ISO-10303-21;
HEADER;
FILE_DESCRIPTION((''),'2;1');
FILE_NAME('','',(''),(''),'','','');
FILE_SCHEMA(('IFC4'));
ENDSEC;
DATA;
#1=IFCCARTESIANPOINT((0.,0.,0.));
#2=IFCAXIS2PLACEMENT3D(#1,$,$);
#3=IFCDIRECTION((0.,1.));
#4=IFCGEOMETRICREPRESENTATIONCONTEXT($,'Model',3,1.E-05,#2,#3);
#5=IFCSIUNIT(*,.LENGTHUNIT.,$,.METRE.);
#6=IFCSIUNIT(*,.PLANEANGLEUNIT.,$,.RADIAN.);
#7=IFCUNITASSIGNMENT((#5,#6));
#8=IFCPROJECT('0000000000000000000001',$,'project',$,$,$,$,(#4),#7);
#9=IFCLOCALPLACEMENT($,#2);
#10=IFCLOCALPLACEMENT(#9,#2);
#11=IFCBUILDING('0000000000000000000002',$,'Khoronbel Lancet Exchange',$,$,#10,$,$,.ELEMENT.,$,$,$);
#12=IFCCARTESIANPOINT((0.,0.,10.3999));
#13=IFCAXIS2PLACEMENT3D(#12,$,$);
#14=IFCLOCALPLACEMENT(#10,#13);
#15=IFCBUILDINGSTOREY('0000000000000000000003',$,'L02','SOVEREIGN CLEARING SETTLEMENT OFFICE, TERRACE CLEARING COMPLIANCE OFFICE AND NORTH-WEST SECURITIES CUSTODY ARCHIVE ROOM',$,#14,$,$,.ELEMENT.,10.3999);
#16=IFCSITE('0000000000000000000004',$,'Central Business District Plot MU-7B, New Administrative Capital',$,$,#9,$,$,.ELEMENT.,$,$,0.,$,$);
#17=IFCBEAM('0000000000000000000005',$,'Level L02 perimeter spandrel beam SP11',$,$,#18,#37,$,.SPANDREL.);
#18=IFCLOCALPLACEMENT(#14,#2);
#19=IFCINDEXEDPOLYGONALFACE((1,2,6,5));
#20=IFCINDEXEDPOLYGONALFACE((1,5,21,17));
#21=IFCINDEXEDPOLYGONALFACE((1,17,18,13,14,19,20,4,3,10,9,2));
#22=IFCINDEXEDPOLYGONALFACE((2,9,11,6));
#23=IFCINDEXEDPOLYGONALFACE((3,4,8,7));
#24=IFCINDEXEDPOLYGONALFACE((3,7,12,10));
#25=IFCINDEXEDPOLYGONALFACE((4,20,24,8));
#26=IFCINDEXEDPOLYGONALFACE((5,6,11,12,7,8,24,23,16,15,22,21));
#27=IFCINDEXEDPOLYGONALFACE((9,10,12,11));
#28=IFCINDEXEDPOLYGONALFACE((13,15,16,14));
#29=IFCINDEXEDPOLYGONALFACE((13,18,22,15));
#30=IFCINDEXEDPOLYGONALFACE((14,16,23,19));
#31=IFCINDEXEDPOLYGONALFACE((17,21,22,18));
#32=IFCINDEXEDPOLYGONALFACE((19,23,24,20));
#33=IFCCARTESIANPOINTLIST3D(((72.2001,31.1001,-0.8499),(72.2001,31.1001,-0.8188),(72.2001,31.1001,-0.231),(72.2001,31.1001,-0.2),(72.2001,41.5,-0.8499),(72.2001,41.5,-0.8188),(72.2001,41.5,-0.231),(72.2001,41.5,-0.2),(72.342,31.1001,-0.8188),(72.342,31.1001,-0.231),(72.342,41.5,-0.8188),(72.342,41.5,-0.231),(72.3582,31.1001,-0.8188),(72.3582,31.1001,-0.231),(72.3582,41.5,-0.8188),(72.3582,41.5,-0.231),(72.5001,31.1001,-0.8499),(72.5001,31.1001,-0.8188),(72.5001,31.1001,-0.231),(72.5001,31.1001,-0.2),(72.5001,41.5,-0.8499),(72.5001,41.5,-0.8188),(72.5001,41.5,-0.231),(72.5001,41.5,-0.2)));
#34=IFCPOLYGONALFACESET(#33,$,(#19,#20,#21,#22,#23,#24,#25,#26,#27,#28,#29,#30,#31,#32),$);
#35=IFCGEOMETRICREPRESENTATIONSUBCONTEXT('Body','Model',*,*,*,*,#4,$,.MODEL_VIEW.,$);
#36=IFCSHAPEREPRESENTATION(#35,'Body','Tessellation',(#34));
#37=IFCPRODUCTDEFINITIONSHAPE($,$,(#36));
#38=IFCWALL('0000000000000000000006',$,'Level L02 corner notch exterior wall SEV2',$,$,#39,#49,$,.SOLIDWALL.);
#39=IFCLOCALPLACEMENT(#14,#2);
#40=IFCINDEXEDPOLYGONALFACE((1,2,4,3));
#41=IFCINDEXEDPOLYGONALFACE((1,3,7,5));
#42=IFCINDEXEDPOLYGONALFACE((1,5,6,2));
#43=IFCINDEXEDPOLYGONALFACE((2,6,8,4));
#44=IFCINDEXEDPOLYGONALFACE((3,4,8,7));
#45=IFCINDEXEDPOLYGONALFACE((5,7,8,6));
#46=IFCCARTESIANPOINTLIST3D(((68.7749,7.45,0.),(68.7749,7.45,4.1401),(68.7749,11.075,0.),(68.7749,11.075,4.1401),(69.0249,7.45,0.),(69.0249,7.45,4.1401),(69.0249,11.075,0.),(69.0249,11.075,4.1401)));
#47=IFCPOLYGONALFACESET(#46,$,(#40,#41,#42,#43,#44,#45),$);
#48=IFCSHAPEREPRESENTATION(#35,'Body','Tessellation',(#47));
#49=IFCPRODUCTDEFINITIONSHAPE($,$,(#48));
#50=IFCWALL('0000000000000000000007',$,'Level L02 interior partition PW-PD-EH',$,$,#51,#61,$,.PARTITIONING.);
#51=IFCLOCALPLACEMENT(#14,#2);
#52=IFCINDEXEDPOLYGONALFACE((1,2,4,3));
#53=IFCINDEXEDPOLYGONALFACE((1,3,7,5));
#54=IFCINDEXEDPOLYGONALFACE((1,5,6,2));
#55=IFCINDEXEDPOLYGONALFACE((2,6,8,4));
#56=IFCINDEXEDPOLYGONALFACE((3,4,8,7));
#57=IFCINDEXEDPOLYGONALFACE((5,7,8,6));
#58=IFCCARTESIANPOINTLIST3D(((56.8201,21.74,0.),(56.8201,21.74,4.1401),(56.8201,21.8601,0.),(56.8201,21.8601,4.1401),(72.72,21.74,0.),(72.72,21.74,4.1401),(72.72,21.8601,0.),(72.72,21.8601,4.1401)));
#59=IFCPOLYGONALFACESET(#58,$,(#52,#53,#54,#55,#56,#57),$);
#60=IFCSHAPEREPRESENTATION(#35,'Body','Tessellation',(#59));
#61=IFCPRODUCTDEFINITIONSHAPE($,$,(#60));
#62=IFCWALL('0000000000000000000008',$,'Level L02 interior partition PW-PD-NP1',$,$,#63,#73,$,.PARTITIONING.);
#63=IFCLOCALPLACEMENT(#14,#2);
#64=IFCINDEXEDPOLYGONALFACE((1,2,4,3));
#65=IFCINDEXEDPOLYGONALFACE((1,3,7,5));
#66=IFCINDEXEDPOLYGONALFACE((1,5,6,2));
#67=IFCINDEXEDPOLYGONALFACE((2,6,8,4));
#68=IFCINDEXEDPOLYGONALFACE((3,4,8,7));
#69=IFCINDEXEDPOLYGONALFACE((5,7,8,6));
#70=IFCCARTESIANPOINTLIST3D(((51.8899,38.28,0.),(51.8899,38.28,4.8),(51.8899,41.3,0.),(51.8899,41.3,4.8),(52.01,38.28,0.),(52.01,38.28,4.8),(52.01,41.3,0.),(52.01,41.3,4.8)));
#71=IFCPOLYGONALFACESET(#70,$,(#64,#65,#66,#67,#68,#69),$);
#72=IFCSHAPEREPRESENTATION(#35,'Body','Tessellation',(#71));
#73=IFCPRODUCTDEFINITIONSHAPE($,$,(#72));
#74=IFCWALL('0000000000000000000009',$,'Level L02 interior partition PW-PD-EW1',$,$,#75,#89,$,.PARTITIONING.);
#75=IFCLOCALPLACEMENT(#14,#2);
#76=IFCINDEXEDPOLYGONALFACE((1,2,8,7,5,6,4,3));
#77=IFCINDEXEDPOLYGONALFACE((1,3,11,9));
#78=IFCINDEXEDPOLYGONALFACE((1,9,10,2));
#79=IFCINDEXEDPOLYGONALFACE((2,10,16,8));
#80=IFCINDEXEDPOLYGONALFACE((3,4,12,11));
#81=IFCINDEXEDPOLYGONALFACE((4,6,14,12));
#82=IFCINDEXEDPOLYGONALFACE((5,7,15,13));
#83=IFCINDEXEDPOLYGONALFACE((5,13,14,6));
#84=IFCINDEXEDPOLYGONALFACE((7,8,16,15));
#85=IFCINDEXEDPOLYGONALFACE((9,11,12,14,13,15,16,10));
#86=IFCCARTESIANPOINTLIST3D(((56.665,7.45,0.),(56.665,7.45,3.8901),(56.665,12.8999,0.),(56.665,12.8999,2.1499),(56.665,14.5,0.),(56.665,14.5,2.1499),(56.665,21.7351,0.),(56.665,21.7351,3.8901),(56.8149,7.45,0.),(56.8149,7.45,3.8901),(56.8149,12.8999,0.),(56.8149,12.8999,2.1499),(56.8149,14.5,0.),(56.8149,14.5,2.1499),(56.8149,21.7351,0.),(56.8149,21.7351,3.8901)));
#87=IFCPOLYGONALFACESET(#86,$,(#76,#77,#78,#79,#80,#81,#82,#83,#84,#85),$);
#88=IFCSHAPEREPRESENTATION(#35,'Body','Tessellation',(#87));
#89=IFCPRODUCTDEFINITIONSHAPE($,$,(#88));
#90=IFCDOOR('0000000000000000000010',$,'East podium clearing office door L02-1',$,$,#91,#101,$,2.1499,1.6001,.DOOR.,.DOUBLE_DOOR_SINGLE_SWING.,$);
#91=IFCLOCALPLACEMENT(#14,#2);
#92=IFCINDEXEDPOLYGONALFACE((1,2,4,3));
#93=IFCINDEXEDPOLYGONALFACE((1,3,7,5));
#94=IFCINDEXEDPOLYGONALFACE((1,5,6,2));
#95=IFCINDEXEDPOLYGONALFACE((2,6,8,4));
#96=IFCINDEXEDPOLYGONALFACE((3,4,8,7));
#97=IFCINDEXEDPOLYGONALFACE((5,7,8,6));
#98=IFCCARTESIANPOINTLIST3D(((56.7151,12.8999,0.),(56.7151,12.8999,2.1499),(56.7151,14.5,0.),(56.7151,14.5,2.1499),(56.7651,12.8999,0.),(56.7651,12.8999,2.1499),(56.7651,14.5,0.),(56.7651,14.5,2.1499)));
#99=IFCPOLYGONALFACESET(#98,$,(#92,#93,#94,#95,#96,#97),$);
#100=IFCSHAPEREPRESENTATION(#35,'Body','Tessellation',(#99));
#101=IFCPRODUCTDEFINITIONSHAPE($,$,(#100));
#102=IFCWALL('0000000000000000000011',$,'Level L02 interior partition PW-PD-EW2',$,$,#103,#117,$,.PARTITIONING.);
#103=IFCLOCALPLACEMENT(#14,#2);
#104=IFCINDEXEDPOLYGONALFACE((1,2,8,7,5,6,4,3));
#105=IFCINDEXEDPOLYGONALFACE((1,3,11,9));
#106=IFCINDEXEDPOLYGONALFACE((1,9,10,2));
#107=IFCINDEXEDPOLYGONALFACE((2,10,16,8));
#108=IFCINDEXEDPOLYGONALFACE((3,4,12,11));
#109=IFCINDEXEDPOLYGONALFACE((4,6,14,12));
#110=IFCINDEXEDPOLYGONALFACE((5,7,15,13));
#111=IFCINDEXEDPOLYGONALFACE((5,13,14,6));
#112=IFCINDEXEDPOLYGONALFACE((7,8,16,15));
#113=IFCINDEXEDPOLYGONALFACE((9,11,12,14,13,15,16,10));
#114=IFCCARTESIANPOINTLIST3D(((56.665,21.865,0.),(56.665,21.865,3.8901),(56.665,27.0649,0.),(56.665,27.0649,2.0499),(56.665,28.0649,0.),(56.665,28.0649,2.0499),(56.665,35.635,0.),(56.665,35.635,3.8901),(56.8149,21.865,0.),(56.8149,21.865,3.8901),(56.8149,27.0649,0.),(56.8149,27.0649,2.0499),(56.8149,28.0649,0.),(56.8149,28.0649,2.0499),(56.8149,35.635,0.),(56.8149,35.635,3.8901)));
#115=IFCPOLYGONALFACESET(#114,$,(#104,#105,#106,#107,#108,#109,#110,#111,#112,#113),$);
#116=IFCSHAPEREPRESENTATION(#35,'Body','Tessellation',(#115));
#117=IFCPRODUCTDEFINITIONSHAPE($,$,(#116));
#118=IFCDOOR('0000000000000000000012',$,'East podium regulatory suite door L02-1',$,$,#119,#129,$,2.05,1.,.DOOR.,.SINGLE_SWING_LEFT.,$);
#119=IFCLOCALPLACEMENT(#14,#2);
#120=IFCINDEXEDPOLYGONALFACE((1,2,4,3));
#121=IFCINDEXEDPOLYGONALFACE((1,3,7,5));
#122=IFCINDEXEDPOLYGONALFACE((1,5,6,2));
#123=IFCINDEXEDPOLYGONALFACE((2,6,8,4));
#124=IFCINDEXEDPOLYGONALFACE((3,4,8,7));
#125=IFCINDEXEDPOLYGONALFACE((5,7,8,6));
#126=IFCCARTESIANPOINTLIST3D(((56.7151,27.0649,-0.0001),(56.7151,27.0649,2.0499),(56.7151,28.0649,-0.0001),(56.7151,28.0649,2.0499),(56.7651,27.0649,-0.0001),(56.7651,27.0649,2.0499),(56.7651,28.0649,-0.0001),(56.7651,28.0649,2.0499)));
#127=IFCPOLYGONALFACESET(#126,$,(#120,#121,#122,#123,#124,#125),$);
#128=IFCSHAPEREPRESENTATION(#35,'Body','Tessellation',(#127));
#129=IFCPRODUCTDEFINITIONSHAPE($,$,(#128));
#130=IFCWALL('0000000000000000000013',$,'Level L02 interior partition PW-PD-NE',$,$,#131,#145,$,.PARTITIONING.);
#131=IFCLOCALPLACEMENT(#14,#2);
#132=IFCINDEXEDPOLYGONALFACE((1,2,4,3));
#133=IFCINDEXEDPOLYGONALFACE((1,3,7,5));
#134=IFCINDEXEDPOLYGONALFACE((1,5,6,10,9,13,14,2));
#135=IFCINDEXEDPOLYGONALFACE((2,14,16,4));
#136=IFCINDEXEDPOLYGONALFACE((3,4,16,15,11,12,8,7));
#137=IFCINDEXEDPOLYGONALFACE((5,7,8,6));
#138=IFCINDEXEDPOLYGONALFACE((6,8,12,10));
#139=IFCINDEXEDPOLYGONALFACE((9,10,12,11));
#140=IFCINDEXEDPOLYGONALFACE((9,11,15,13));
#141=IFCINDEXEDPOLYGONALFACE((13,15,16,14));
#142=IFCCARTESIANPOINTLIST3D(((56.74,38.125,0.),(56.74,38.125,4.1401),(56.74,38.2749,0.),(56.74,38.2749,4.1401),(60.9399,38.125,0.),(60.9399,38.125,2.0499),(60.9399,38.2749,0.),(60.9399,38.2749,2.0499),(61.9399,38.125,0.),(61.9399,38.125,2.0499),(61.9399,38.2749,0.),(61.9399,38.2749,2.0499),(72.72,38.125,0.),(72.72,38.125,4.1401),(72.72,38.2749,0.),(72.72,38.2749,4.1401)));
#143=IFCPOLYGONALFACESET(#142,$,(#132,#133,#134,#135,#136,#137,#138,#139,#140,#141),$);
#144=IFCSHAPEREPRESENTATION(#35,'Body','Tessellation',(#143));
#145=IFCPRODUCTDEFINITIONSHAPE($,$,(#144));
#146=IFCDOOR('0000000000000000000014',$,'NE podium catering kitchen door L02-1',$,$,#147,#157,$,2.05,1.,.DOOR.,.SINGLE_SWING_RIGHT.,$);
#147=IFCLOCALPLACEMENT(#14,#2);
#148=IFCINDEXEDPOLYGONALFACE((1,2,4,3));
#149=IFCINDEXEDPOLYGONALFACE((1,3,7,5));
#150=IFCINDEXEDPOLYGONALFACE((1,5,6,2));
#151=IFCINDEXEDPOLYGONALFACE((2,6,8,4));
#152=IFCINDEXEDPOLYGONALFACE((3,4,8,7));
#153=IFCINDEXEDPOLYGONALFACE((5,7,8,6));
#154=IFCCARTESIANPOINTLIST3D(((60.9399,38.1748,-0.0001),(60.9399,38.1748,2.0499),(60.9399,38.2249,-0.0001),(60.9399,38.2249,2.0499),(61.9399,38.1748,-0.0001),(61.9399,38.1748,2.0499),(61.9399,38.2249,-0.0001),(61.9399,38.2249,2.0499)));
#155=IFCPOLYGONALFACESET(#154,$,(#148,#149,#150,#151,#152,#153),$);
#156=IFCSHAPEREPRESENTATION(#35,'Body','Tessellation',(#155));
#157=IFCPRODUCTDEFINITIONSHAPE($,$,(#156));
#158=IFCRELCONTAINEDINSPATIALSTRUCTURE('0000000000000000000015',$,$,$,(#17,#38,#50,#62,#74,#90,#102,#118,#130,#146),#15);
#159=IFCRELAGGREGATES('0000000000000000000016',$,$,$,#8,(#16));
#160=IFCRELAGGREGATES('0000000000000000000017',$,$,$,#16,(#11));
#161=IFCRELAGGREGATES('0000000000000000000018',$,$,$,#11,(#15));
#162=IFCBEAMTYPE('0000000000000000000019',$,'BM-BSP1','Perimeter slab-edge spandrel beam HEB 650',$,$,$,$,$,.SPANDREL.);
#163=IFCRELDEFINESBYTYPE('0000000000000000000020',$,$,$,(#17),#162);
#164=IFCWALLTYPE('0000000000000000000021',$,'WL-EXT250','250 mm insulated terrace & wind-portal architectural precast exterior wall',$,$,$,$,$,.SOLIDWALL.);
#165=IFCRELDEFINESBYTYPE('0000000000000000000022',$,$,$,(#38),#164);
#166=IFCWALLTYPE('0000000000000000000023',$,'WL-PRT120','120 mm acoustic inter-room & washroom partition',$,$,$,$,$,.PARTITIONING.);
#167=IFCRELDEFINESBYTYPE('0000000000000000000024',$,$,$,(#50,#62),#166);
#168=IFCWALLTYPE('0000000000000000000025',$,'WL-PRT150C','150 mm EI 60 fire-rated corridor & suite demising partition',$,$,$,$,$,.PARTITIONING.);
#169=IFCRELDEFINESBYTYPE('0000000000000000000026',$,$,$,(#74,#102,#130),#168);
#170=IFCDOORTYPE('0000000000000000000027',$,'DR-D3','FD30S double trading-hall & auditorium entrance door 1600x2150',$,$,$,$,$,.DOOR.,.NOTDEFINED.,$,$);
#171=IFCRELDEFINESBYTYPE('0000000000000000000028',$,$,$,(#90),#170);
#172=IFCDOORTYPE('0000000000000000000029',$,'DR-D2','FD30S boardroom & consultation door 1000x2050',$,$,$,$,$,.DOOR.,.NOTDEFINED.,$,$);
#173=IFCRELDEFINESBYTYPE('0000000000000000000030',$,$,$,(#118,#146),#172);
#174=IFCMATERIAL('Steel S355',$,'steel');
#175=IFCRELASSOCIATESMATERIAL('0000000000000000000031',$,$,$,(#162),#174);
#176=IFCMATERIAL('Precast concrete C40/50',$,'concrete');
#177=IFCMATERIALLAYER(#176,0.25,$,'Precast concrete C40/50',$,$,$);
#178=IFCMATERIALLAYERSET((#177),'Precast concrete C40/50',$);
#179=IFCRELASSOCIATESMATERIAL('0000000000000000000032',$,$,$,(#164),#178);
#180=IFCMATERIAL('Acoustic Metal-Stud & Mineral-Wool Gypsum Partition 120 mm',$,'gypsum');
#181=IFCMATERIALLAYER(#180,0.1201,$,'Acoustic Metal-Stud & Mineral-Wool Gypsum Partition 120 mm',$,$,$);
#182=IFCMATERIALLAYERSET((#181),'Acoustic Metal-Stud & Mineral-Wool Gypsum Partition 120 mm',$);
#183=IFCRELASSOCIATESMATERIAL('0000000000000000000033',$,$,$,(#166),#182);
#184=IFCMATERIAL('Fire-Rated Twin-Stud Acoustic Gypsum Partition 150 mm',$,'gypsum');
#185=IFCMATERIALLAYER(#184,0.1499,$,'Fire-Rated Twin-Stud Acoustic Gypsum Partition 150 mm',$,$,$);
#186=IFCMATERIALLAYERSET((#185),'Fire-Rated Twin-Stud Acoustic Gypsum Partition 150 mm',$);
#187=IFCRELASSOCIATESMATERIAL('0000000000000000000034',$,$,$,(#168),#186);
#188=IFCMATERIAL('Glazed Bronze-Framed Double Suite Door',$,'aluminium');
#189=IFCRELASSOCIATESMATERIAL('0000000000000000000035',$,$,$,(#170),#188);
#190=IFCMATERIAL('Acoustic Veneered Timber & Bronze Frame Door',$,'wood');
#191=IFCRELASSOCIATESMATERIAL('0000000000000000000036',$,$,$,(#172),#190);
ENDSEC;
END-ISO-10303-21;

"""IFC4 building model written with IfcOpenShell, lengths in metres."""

from ifc_helpers import new_model, si_unit, direction, frame, frame_2d, origin, origin_2d, place, context, subcontext, project, spatial, rectangle, i_section, extrude, material, layer, layer_set, material_profile, profile_set, type_object, element, fill, save


model = new_model("IFC4")

# Units and contexts
model_context = context("Model", 3, precision=1e-05, world=origin(), true_north=direction((0.0, 1.0)))
body_context = subcontext(model_context, "Body", "Model", "MODEL_VIEW")
ifc_project = project(units=[si_unit("LENGTHUNIT", "METRE"), si_unit("PLANEANGLEUNIT", "RADIAN")], contexts=[model_context])

# Site, building, storey
site_placement = place(None, origin())
site = spatial("IfcSite", under=ifc_project, at=site_placement, Name="Central Business District Plot MU-7B, New Administrative Capital", CompositionType="ELEMENT", RefElevation=0.0)
building_placement = place(site_placement, origin())
building = spatial("IfcBuilding", under=site, at=building_placement, Name="Khoronbel Lancet Exchange", CompositionType="ELEMENT")
storey_placement = place(building_placement, frame((0.0, 0.0, 10.3999)))
storey = spatial("IfcBuildingStorey", under=building, at=storey_placement, Name="L02", Description="SOVEREIGN CLEARING SETTLEMENT OFFICE, TERRACE CLEARING COMPLIANCE OFFICE AND NORTH-WEST SECURITIES CUSTODY ARCHIVE ROOM", CompositionType="ELEMENT", Elevation=10.3999)

# Shared definitions
ifc_material_1 = material(Name="Steel S355", Category="steel")

# Beam
ifc_material_profile_1 = material_profile(ifc_material_1, i_section(OverallWidth=0.3, OverallDepth=0.6499, WebThickness=0.0161, FlangeThickness=0.031, at=origin_2d()), Name="HEB 650")
ifc_profile_set_1 = profile_set([ifc_material_profile_1], Name="Steel S355")
beam_type_1 = type_object("IfcBeamType", Name="BM-BSP1", Description="Perimeter slab-edge spandrel beam HEB 650", PredefinedType="SPANDREL", material=ifc_profile_set_1)
beam_1_placement = place(storey_placement, frame((72.3501, 31.1001, -0.5249), z_axis=(0.0, 1.0, 0.0), x_axis=(-1.0, 0.0, 0.0)))
element("IfcBeam", 1, at=beam_1_placement, inside=storey, type_object=beam_type_1, Name="Level L02 perimeter spandrel beam SP11", PredefinedType="SPANDREL", context=body_context, shape_type="SweptSolid", body=[
    extrude(i_section(OverallWidth=0.3, OverallDepth=0.6499, WebThickness=0.0161, FlangeThickness=0.031, at=origin_2d()), origin(), (0.0, 0.0, 1.0), 10.3999),
])

# Walls
ifc_material_2 = material(Name="Precast concrete C40/50", Category="concrete")
ifc_layer_1 = layer(ifc_material_2, 0.25, Name="Precast concrete C40/50")
ifc_layer_set_1 = layer_set([ifc_layer_1], Name="Precast concrete C40/50")
wall_type_1 = type_object("IfcWallType", Name="WL-EXT250", Description="250 mm insulated terrace & wind-portal architectural precast exterior wall", PredefinedType="SOLIDWALL", material=ifc_layer_set_1)
wall_1_placement = place(storey_placement, frame((68.8999, 11.075, 0.0), z_axis=(0.0, 0.0, 1.0), x_axis=(0.0, -1.0, 0.0)))
element("IfcWall", 2, at=wall_1_placement, inside=storey, type_object=wall_type_1, Name="Level L02 corner notch exterior wall SEV2", PredefinedType="SOLIDWALL", context=body_context, shape_type="SweptSolid", body=[
    extrude(rectangle(XDim=3.625, YDim=0.25, at=frame_2d((1.8125, 0.0))), origin(), (0.0, 0.0, 1.0), 4.1401),
])
ifc_material_3 = material(Name="Acoustic Metal-Stud & Mineral-Wool Gypsum Partition 120 mm", Category="gypsum")
ifc_layer_2 = layer(ifc_material_3, 0.1201, Name="Acoustic Metal-Stud & Mineral-Wool Gypsum Partition 120 mm")
ifc_layer_set_2 = layer_set([ifc_layer_2], Name="Acoustic Metal-Stud & Mineral-Wool Gypsum Partition 120 mm")
wall_type_2 = type_object("IfcWallType", Name="WL-PRT120", Description="120 mm acoustic inter-room & washroom partition", PredefinedType="PARTITIONING", material=ifc_layer_set_2)
wall_2_placement = place(storey_placement, frame((56.8201, 21.8, 0.0), z_axis=(0.0, 0.0, 1.0), x_axis=(1.0, 0.0, 0.0)))
element("IfcWall", 3, at=wall_2_placement, inside=storey, type_object=wall_type_2, Name="Level L02 interior partition PW-PD-EH", PredefinedType="PARTITIONING", context=body_context, shape_type="SweptSolid", body=[
    extrude(rectangle(XDim=15.8999, YDim=0.1201, at=frame_2d((7.95, 0.0))), origin(), (0.0, 0.0, 1.0), 4.1401),
])
wall_3_placement = place(storey_placement, frame((51.95, 38.28, 0.0), z_axis=(0.0, 0.0, 1.0), x_axis=(0.0, 1.0, 0.0)))
element("IfcWall", 4, at=wall_3_placement, inside=storey, type_object=wall_type_2, Name="Level L02 interior partition PW-PD-NP1", PredefinedType="PARTITIONING", context=body_context, shape_type="SweptSolid", body=[
    extrude(rectangle(XDim=3.02, YDim=0.1201, at=frame_2d((1.51, 0.0))), origin(), (0.0, 0.0, 1.0), 4.8),
])

# Walls, openings, doors
ifc_material_4 = material(Name="Fire-Rated Twin-Stud Acoustic Gypsum Partition 150 mm", Category="gypsum")
ifc_layer_3 = layer(ifc_material_4, 0.1499, Name="Fire-Rated Twin-Stud Acoustic Gypsum Partition 150 mm")
ifc_layer_set_3 = layer_set([ifc_layer_3], Name="Fire-Rated Twin-Stud Acoustic Gypsum Partition 150 mm")
wall_type_3 = type_object("IfcWallType", Name="WL-PRT150C", Description="150 mm EI 60 fire-rated corridor & suite demising partition", PredefinedType="PARTITIONING", material=ifc_layer_set_3)
wall_4_placement = place(storey_placement, frame((56.74, 7.45, 0.0), z_axis=(0.0, 0.0, 1.0), x_axis=(0.0, 1.0, 0.0)))
wall_4 = element("IfcWall", 5, at=wall_4_placement, inside=storey, type_object=wall_type_3, Name="Level L02 interior partition PW-PD-EW1", PredefinedType="PARTITIONING", context=body_context, shape_type="SweptSolid", body=[
    extrude(rectangle(XDim=14.2852, YDim=0.1499, at=frame_2d((7.1426, 0.0))), origin(), (0.0, 0.0, 1.0), 3.8901),
])
opening_1_placement = place(wall_4_placement, frame((5.45, 0.0, 0.0)))
opening_1 = element("IfcOpeningElement", 6, at=opening_1_placement, cuts=wall_4, PredefinedType="OPENING", context=body_context, shape_type="SweptSolid", body=[
    extrude(rectangle(XDim=1.6001, YDim=2.1499, at=frame_2d((0.8, 1.075))), frame((0.0, 0.085, 0.0), z_axis=(0.0, -1.0, 0.0), x_axis=(1.0, 0.0, 0.0)), (0.0, 0.0, 1.0), 0.1699),
])
ifc_material_5 = material(Name="Glazed Bronze-Framed Double Suite Door", Category="aluminium")
door_type_1 = type_object("IfcDoorType", Name="DR-D3", Description="FD30S double trading-hall & auditorium entrance door 1600x2150", OperationType="NOTDEFINED", PredefinedType="DOOR", material=ifc_material_5)
door_1_placement = place(opening_1_placement, origin())
door_1 = element("IfcDoor", 7, at=door_1_placement, inside=storey, type_object=door_type_1, Name="East podium clearing office door L02-1", OperationType="DOUBLE_DOOR_SINGLE_SWING", OverallHeight=2.1499, OverallWidth=1.6001, PredefinedType="DOOR", context=body_context, shape_type="SweptSolid", body=[
    extrude(rectangle(XDim=1.6001, YDim=2.1499, at=frame_2d((0.8, 1.075))), frame((0.0, 0.0249, 0.0), z_axis=(0.0, -1.0, 0.0), x_axis=(1.0, 0.0, 0.0)), (0.0, 0.0, 1.0), 0.05),
])
fill(opening_1, door_1)
wall_5_placement = place(storey_placement, frame((56.74, 21.865, 0.0), z_axis=(0.0, 0.0, 1.0), x_axis=(0.0, 1.0, 0.0)))
wall_5 = element("IfcWall", 8, at=wall_5_placement, inside=storey, type_object=wall_type_3, Name="Level L02 interior partition PW-PD-EW2", PredefinedType="PARTITIONING", context=body_context, shape_type="SweptSolid", body=[
    extrude(rectangle(XDim=13.77, YDim=0.1499, at=frame_2d((6.885, 0.0))), origin(), (0.0, 0.0, 1.0), 3.8901),
])
opening_2_placement = place(wall_5_placement, frame((5.2, 0.0, 0.0)))
opening_2 = element("IfcOpeningElement", 9, at=opening_2_placement, cuts=wall_5, PredefinedType="OPENING", context=body_context, shape_type="SweptSolid", body=[
    extrude(rectangle(XDim=1.0, YDim=2.05, at=frame_2d((0.5, 1.0249))), frame((0.0, 0.085, 0.0), z_axis=(0.0, -1.0, 0.0), x_axis=(1.0, 0.0, 0.0)), (0.0, 0.0, 1.0), 0.1699),
])
ifc_material_6 = material(Name="Acoustic Veneered Timber & Bronze Frame Door", Category="wood")
door_type_2 = type_object("IfcDoorType", Name="DR-D2", Description="FD30S boardroom & consultation door 1000x2050", OperationType="NOTDEFINED", PredefinedType="DOOR", material=ifc_material_6)
door_2_placement = place(opening_2_placement, origin())
door_2 = element("IfcDoor", 10, at=door_2_placement, inside=storey, type_object=door_type_2, Name="East podium regulatory suite door L02-1", OperationType="SINGLE_SWING_LEFT", OverallHeight=2.05, OverallWidth=1.0, PredefinedType="DOOR", context=body_context, shape_type="SweptSolid", body=[
    extrude(rectangle(XDim=1.0, YDim=2.05, at=frame_2d((0.5, 1.0249))), frame((0.0, 0.0249, 0.0), z_axis=(0.0, -1.0, 0.0), x_axis=(1.0, 0.0, 0.0)), (0.0, 0.0, 1.0), 0.05),
])
fill(opening_2, door_2)
wall_6_placement = place(storey_placement, frame((56.74, 38.2, 0.0), z_axis=(0.0, 0.0, 1.0), x_axis=(1.0, 0.0, 0.0)))
wall_6 = element("IfcWall", 11, at=wall_6_placement, inside=storey, type_object=wall_type_3, Name="Level L02 interior partition PW-PD-NE", PredefinedType="PARTITIONING", context=body_context, shape_type="SweptSolid", body=[
    extrude(rectangle(XDim=15.98, YDim=0.1499, at=frame_2d((7.99, 0.0))), origin(), (0.0, 0.0, 1.0), 4.1401),
])
opening_3_placement = place(wall_6_placement, frame((4.2, 0.0, 0.0)))
opening_3 = element("IfcOpeningElement", 12, at=opening_3_placement, cuts=wall_6, PredefinedType="OPENING", context=body_context, shape_type="SweptSolid", body=[
    extrude(rectangle(XDim=1.0, YDim=2.05, at=frame_2d((0.5, 1.0249))), frame((0.0, 0.085, 0.0), z_axis=(0.0, -1.0, 0.0), x_axis=(1.0, 0.0, 0.0)), (0.0, 0.0, 1.0), 0.1699),
])
door_3_placement = place(opening_3_placement, origin())
door_3 = element("IfcDoor", 13, at=door_3_placement, inside=storey, type_object=door_type_2, Name="NE podium catering kitchen door L02-1", OperationType="SINGLE_SWING_RIGHT", OverallHeight=2.05, OverallWidth=1.0, PredefinedType="DOOR", context=body_context, shape_type="SweptSolid", body=[
    extrude(rectangle(XDim=1.0, YDim=2.05, at=frame_2d((0.5, 1.0249))), frame((0.0, 0.0249, 0.0), z_axis=(0.0, -1.0, 0.0), x_axis=(1.0, 0.0, 0.0)), (0.0, 0.0, 1.0), 0.05),
])
fill(opening_3, door_3)

save(model, "model.ifc")
